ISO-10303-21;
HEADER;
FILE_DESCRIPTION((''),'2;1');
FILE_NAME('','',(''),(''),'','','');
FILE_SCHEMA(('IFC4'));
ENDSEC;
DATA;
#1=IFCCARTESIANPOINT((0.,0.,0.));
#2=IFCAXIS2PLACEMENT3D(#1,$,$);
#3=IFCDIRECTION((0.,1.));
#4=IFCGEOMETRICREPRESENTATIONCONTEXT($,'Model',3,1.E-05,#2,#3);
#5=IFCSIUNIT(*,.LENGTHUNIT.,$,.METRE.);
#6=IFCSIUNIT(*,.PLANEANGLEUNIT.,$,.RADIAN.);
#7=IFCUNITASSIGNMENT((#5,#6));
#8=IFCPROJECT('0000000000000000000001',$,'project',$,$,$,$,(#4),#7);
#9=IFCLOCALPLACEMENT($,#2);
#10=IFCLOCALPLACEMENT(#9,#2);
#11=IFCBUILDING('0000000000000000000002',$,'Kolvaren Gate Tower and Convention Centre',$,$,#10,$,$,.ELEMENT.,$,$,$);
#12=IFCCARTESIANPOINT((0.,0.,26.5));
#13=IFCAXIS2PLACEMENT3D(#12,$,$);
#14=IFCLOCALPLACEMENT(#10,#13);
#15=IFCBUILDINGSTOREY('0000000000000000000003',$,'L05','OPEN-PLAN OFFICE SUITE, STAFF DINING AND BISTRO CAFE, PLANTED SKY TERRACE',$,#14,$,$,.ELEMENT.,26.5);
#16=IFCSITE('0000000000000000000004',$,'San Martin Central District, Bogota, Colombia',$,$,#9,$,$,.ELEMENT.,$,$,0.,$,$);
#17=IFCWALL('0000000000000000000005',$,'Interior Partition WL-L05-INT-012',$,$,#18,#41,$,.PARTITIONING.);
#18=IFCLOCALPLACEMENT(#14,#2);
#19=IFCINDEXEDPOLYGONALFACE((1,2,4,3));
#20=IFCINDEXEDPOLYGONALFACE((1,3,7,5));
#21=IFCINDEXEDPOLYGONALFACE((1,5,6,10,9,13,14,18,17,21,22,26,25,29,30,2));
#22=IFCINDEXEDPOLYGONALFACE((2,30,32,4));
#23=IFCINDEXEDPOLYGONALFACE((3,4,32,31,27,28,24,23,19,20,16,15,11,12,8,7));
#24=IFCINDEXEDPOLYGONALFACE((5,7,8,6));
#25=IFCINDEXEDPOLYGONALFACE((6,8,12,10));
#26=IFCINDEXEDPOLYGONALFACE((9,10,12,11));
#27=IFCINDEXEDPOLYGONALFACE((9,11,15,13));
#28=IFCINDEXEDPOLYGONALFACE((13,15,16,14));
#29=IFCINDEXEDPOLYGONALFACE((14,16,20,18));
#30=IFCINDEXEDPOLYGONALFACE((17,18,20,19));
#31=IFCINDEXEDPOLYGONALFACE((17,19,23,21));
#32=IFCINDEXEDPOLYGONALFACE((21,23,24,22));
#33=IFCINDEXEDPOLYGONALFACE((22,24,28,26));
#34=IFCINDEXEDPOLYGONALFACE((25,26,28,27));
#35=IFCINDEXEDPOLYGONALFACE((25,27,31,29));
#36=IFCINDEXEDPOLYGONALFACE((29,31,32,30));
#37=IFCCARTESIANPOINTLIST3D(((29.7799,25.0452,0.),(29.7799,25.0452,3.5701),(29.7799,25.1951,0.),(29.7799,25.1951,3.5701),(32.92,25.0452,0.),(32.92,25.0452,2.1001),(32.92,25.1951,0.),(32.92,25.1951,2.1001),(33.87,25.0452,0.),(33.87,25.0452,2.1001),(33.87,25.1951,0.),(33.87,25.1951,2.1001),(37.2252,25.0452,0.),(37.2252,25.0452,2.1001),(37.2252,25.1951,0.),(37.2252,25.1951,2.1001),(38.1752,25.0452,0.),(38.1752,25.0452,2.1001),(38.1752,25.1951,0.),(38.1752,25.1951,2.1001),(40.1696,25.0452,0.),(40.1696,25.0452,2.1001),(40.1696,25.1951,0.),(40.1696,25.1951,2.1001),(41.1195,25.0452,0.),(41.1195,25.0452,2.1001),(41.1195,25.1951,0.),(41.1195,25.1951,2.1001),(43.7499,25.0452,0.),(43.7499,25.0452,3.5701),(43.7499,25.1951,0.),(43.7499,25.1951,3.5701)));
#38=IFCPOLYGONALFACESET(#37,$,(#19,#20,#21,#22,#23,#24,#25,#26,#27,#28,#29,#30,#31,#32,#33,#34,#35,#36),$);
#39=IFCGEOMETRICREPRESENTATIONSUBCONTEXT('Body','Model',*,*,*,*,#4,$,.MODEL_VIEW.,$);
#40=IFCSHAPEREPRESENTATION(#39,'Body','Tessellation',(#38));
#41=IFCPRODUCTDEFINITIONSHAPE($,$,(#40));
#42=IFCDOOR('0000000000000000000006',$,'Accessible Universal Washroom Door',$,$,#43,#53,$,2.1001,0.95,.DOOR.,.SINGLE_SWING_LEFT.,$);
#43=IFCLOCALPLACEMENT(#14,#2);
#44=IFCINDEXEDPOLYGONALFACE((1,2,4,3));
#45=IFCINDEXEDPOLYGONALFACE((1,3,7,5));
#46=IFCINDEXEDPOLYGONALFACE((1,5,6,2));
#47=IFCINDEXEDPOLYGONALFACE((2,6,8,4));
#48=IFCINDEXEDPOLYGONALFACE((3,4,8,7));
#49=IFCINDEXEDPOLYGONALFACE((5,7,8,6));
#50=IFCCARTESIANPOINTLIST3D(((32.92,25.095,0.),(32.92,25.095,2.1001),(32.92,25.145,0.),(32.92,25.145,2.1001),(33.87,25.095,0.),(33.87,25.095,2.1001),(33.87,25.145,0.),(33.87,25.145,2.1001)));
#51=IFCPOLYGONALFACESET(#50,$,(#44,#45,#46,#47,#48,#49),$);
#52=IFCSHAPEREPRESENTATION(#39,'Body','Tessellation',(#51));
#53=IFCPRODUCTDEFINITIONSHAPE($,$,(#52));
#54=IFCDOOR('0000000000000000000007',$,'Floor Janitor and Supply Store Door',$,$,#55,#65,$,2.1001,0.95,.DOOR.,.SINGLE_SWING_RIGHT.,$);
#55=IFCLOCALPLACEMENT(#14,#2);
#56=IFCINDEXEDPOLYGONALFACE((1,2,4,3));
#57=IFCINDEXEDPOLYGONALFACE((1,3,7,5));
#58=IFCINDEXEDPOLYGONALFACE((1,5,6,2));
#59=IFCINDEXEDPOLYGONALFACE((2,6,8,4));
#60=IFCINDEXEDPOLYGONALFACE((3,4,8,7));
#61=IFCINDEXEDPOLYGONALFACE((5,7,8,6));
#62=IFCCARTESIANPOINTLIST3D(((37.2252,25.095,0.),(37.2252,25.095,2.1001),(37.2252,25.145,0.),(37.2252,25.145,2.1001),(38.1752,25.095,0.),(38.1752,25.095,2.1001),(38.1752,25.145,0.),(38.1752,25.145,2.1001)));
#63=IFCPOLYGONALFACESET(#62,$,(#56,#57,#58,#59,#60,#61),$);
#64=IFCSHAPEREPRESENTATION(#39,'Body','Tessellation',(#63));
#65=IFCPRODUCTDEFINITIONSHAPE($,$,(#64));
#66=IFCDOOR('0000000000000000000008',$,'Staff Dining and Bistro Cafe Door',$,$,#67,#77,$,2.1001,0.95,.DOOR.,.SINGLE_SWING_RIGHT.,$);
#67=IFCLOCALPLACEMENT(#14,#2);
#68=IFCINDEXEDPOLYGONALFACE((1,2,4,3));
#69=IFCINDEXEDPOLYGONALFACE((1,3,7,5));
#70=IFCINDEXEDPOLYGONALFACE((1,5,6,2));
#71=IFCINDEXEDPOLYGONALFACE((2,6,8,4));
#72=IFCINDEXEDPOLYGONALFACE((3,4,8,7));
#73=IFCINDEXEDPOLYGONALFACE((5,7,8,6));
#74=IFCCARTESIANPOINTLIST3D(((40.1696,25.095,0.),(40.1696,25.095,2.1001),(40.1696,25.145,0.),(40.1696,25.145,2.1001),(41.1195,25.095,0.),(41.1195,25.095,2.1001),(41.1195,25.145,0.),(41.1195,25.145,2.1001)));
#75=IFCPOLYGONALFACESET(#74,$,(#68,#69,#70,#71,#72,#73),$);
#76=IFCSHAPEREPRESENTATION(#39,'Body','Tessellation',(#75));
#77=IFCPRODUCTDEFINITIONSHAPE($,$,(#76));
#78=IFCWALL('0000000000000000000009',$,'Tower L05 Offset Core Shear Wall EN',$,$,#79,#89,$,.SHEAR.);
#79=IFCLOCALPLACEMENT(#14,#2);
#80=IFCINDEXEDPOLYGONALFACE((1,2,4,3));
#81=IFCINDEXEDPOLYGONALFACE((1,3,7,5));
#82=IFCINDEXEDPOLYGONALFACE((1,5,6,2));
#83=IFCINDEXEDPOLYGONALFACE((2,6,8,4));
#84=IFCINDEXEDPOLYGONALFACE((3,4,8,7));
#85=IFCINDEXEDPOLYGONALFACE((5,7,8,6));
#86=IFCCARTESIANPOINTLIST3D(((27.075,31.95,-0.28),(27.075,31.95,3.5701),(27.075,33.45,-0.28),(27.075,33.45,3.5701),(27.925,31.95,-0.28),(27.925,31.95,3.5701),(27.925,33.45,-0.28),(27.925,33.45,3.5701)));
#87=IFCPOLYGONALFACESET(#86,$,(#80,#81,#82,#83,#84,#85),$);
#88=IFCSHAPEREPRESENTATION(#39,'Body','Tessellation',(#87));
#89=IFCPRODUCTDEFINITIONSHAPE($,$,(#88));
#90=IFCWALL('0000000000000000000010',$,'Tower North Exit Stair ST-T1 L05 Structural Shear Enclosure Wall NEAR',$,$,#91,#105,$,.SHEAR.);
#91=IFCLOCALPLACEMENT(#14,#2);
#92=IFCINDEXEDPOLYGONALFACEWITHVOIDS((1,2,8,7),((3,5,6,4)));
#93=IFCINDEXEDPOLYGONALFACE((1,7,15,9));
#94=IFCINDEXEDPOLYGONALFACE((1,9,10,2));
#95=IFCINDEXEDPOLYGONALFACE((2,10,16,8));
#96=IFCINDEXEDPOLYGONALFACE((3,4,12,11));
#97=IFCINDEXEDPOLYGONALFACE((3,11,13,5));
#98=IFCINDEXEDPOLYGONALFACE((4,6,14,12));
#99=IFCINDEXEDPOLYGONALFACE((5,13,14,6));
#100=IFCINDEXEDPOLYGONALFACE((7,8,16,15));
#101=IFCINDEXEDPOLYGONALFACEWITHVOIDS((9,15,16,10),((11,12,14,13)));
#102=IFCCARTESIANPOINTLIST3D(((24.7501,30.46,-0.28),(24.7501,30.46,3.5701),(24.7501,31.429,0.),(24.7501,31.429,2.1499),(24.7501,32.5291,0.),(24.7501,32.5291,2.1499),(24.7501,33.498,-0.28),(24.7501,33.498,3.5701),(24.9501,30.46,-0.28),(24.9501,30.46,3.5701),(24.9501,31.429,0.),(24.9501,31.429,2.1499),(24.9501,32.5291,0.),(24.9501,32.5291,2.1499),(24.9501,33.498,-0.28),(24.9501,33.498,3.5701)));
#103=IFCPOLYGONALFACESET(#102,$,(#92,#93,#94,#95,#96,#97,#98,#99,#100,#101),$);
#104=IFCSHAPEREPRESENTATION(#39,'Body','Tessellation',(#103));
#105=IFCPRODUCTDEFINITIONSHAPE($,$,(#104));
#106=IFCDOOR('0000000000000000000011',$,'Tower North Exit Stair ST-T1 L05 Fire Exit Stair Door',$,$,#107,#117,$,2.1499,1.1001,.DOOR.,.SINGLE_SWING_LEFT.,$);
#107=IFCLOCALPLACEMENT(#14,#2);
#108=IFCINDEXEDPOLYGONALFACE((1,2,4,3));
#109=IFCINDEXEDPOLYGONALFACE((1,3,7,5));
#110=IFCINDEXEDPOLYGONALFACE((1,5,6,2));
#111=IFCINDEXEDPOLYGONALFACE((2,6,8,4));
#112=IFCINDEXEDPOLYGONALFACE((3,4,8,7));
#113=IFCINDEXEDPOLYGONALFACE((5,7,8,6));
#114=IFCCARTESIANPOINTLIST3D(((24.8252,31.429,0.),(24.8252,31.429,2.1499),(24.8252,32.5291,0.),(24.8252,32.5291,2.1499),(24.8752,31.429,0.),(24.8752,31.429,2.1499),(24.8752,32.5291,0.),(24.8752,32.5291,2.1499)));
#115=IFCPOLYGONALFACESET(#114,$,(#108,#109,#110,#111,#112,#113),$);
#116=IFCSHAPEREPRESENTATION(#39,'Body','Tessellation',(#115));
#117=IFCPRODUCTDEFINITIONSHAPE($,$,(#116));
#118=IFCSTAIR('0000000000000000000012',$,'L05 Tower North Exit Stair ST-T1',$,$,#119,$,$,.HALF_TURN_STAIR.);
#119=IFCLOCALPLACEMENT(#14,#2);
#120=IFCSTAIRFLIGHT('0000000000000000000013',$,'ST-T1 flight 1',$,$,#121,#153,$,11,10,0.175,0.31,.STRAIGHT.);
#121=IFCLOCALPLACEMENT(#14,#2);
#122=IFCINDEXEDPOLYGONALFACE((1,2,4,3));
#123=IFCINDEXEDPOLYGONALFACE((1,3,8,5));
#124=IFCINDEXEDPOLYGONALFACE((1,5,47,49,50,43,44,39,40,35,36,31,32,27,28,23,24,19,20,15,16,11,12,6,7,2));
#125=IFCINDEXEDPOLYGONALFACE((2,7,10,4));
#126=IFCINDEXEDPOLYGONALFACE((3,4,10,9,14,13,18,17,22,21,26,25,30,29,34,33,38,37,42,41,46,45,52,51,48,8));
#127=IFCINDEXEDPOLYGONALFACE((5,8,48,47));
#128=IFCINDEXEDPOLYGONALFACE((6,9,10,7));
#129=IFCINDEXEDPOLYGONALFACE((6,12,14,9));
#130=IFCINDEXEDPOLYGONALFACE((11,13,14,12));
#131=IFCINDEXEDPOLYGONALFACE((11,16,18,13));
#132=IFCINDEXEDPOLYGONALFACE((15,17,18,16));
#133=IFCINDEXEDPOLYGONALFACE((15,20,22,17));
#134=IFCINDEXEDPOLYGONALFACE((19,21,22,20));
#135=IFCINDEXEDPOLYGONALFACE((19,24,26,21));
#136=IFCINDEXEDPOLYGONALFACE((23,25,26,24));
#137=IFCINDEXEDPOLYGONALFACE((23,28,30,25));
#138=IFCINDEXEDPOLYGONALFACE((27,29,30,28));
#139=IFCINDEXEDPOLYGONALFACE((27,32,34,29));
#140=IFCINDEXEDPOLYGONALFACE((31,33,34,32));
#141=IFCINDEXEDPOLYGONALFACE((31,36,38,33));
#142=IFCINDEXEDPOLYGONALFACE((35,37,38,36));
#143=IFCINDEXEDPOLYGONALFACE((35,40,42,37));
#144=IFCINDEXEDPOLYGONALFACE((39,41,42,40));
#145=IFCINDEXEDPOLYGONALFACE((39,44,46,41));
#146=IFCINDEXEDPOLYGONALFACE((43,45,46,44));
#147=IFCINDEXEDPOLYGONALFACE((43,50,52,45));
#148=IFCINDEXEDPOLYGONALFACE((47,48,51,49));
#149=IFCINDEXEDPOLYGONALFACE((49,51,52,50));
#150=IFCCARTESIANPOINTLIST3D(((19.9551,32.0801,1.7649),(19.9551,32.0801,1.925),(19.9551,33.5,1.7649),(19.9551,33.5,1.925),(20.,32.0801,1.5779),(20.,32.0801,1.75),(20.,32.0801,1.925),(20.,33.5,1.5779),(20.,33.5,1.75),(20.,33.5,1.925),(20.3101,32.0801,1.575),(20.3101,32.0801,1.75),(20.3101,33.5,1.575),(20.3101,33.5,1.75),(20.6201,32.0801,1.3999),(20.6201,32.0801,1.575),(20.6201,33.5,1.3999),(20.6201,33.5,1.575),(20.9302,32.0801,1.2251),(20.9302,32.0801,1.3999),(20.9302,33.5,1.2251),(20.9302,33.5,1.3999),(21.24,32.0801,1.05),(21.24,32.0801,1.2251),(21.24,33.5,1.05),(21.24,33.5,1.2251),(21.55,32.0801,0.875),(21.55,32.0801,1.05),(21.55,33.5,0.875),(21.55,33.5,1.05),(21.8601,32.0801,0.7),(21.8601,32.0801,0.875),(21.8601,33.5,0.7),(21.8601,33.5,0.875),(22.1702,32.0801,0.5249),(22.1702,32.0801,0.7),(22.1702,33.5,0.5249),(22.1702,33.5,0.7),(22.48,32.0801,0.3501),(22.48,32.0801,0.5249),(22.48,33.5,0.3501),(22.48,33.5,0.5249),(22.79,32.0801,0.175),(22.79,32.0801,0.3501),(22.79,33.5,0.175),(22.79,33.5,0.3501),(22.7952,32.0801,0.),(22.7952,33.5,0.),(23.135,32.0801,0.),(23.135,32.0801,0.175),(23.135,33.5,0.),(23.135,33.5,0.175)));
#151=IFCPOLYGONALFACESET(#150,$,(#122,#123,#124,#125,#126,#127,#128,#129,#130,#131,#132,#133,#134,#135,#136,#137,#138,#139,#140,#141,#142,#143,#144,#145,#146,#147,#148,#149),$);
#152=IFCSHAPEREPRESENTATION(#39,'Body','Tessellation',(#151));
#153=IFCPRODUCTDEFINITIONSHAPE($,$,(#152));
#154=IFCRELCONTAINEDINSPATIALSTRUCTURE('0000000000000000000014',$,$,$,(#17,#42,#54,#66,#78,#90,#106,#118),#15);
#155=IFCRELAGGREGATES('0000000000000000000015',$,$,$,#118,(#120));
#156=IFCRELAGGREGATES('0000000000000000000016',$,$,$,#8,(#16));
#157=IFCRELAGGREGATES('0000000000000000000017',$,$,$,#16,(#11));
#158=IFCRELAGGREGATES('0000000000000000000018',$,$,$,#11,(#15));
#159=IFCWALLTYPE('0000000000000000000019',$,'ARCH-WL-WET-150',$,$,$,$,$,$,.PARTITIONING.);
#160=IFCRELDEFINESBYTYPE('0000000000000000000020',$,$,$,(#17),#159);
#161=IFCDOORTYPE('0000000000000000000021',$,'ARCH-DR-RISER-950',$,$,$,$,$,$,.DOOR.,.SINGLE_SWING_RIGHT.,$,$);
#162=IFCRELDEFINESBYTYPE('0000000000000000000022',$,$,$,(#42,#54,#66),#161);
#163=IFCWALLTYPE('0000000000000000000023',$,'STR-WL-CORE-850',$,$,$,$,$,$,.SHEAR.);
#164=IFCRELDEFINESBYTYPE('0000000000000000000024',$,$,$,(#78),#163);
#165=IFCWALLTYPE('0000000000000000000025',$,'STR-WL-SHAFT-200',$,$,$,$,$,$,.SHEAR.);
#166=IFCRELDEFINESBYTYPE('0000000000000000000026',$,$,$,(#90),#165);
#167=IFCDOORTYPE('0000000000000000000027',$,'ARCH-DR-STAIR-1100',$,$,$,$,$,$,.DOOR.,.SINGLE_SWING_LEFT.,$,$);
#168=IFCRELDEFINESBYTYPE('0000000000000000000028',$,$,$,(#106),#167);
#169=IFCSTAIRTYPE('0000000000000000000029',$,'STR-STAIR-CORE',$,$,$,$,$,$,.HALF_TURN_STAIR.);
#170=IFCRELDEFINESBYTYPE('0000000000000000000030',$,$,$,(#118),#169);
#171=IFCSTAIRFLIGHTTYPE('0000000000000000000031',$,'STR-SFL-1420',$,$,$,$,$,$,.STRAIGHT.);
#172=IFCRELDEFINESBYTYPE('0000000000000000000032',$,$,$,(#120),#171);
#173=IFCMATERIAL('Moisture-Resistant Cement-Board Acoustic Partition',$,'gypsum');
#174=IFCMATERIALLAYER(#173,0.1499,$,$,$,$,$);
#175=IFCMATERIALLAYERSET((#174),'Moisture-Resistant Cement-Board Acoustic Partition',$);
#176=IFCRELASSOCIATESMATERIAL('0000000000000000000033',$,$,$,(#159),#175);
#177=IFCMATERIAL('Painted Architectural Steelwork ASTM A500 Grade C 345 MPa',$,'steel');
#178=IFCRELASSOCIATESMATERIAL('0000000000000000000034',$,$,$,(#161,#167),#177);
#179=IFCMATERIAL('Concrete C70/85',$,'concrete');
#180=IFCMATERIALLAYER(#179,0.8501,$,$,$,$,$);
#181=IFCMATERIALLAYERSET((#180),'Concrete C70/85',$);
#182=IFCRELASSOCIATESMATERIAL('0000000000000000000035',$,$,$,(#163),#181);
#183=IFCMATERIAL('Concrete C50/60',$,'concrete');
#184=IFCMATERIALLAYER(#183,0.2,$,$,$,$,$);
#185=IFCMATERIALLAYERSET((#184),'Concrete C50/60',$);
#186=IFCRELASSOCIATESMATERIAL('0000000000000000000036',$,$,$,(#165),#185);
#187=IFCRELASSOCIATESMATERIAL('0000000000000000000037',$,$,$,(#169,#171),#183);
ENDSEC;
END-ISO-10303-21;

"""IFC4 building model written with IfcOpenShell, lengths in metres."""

from ifc_helpers import new_model, si_unit, direction, frame, frame_2d, origin, place, context, subcontext, project, spatial, polyline, rectangle, outline, extrude, material, layer, layer_set, type_object, element, fill, aggregate, save


model = new_model("IFC4")

# Units and contexts
model_context = context("Model", 3, precision=1e-05, world=origin(), true_north=direction((0.0, 1.0)))
body_context = subcontext(model_context, "Body", "Model", "MODEL_VIEW")
ifc_project = project(units=[si_unit("LENGTHUNIT", "METRE"), si_unit("PLANEANGLEUNIT", "RADIAN")], contexts=[model_context])

# Site, building, storey
site_placement = place(None, origin())
site = spatial("IfcSite", under=ifc_project, at=site_placement, Name="San Martin Central District, Bogota, Colombia", CompositionType="ELEMENT", RefElevation=0.0)
building_placement = place(site_placement, origin())
building = spatial("IfcBuilding", under=site, at=building_placement, Name="Kolvaren Gate Tower and Convention Centre", CompositionType="ELEMENT")
storey_placement = place(building_placement, frame((0.0, 0.0, 26.5)))
storey = spatial("IfcBuildingStorey", under=building, at=storey_placement, Name="L05", Description="OPEN-PLAN OFFICE SUITE, STAFF DINING AND BISTRO CAFE, PLANTED SKY TERRACE", CompositionType="ELEMENT", Elevation=26.5)

# Wall, openings, doors
ifc_material_1 = material(Name="Moisture-Resistant Cement-Board Acoustic Partition", Category="gypsum")
ifc_layer_1 = layer(ifc_material_1, 0.1499)
ifc_layer_set_1 = layer_set([ifc_layer_1], Name="Moisture-Resistant Cement-Board Acoustic Partition")
wall_type_1 = type_object("IfcWallType", Name="ARCH-WL-WET-150", PredefinedType="PARTITIONING", material=ifc_layer_set_1)
wall_1_placement = place(storey_placement, frame((29.78, 25.1201, 0.0), z_axis=(0.0, 0.0, 1.0), x_axis=(1.0, 0.0, 0.0)))
wall_1 = element("IfcWall", 1, at=wall_1_placement, inside=storey, type_object=wall_type_1, Name="Interior Partition WL-L05-INT-012", PredefinedType="PARTITIONING", context=body_context, shape_type="SweptSolid", body=[
    extrude(rectangle(XDim=13.97, YDim=0.1499, at=frame_2d((6.9849, 0.0))), origin(), (0.0, 0.0, 1.0), 3.5701),
])
opening_1_placement = place(wall_1_placement, frame((3.1399, 0.0, 0.0)))
opening_1 = element("IfcOpeningElement", 2, at=opening_1_placement, cuts=wall_1, PredefinedType="OPENING", context=body_context, shape_type="SweptSolid", body=[
    extrude(rectangle(XDim=0.95, YDim=2.1001, at=frame_2d((0.4751, 1.05))), frame((0.0, 0.085, 0.0), z_axis=(0.0, -1.0, 0.0), x_axis=(1.0, 0.0, 0.0)), (0.0, 0.0, 1.0), 0.1699),
])
opening_2_placement = place(wall_1_placement, frame((7.4451, 0.0, 0.0)))
opening_2 = element("IfcOpeningElement", 3, at=opening_2_placement, cuts=wall_1, PredefinedType="OPENING", context=body_context, shape_type="SweptSolid", body=[
    extrude(rectangle(XDim=0.95, YDim=2.1001, at=frame_2d((0.4751, 1.05))), frame((0.0, 0.085, 0.0), z_axis=(0.0, -1.0, 0.0), x_axis=(1.0, 0.0, 0.0)), (0.0, 0.0, 1.0), 0.1699),
])
opening_3_placement = place(wall_1_placement, frame((10.3894, 0.0, 0.0)))
opening_3 = element("IfcOpeningElement", 4, at=opening_3_placement, cuts=wall_1, PredefinedType="OPENING", context=body_context, shape_type="SweptSolid", body=[
    extrude(rectangle(XDim=0.95, YDim=2.1001, at=frame_2d((0.4751, 1.05))), frame((0.0, 0.085, 0.0), z_axis=(0.0, -1.0, 0.0), x_axis=(1.0, 0.0, 0.0)), (0.0, 0.0, 1.0), 0.1699),
])
ifc_material_2 = material(Name="Painted Architectural Steelwork ASTM A500 Grade C 345 MPa", Category="steel")
door_type_1 = type_object("IfcDoorType", Name="ARCH-DR-RISER-950", OperationType="SINGLE_SWING_RIGHT", PredefinedType="DOOR", material=ifc_material_2)
door_1_placement = place(opening_1_placement, origin())
door_1 = element("IfcDoor", 5, at=door_1_placement, inside=storey, type_object=door_type_1, Name="Accessible Universal Washroom Door", OperationType="SINGLE_SWING_LEFT", OverallHeight=2.1001, OverallWidth=0.95, PredefinedType="DOOR", context=body_context, shape_type="SweptSolid", body=[
    extrude(rectangle(XDim=0.95, YDim=2.1001, at=frame_2d((0.4751, 1.05))), frame((0.0, 0.0249, 0.0), z_axis=(0.0, -1.0, 0.0), x_axis=(1.0, 0.0, 0.0)), (0.0, 0.0, 1.0), 0.05),
])
fill(opening_1, door_1)
door_2_placement = place(opening_2_placement, origin())
door_2 = element("IfcDoor", 6, at=door_2_placement, inside=storey, type_object=door_type_1, Name="Floor Janitor and Supply Store Door", OperationType="SINGLE_SWING_RIGHT", OverallHeight=2.1001, OverallWidth=0.95, PredefinedType="DOOR", context=body_context, shape_type="SweptSolid", body=[
    extrude(rectangle(XDim=0.95, YDim=2.1001, at=frame_2d((0.4751, 1.05))), frame((0.0, 0.0249, 0.0), z_axis=(0.0, -1.0, 0.0), x_axis=(1.0, 0.0, 0.0)), (0.0, 0.0, 1.0), 0.05),
])
fill(opening_2, door_2)
door_3_placement = place(opening_3_placement, origin())
door_3 = element("IfcDoor", 7, at=door_3_placement, inside=storey, type_object=door_type_1, Name="Staff Dining and Bistro Cafe Door", OperationType="SINGLE_SWING_RIGHT", OverallHeight=2.1001, OverallWidth=0.95, PredefinedType="DOOR", context=body_context, shape_type="SweptSolid", body=[
    extrude(rectangle(XDim=0.95, YDim=2.1001, at=frame_2d((0.4751, 1.05))), frame((0.0, 0.0249, 0.0), z_axis=(0.0, -1.0, 0.0), x_axis=(1.0, 0.0, 0.0)), (0.0, 0.0, 1.0), 0.05),
])
fill(opening_3, door_3)

# Wall
ifc_material_3 = material(Name="Concrete C70/85", Category="concrete")
ifc_layer_2 = layer(ifc_material_3, 0.8501)
ifc_layer_set_2 = layer_set([ifc_layer_2], Name="Concrete C70/85")
wall_type_2 = type_object("IfcWallType", Name="STR-WL-CORE-850", PredefinedType="SHEAR", material=ifc_layer_set_2)
wall_2_placement = place(storey_placement, frame((27.5, 31.95, -0.28), z_axis=(0.0, 0.0, 1.0), x_axis=(0.0, 1.0, 0.0)))
element("IfcWall", 8, at=wall_2_placement, inside=storey, type_object=wall_type_2, Name="Tower L05 Offset Core Shear Wall EN", PredefinedType="SHEAR", context=body_context, shape_type="SweptSolid", body=[
    extrude(rectangle(XDim=1.5, YDim=0.8501, at=frame_2d((0.75, 0.0))), origin(), (0.0, 0.0, 1.0), 3.8501),
])

# Wall, opening, door
ifc_material_4 = material(Name="Concrete C50/60", Category="concrete")
ifc_layer_3 = layer(ifc_material_4, 0.2)
ifc_layer_set_3 = layer_set([ifc_layer_3], Name="Concrete C50/60")
wall_type_3 = type_object("IfcWallType", Name="STR-WL-SHAFT-200", PredefinedType="SHEAR", material=ifc_layer_set_3)
wall_3_placement = place(storey_placement, frame((24.8501, 30.46, -0.28), z_axis=(0.0, 0.0, 1.0), x_axis=(0.0, 1.0, 0.0)))
wall_3 = element("IfcWall", 9, at=wall_3_placement, inside=storey, type_object=wall_type_3, Name="Tower North Exit Stair ST-T1 L05 Structural Shear Enclosure Wall NEAR", PredefinedType="SHEAR", context=body_context, shape_type="SweptSolid", body=[
    extrude(rectangle(XDim=3.0381, YDim=0.2, at=frame_2d((1.519, 0.0))), origin(), (0.0, 0.0, 1.0), 3.8501),
])
opening_4_placement = place(wall_3_placement, frame((0.969, 0.0, 0.28)))
opening_4 = element("IfcOpeningElement", 10, at=opening_4_placement, cuts=wall_3, PredefinedType="OPENING", context=body_context, shape_type="SweptSolid", body=[
    extrude(rectangle(XDim=1.1001, YDim=2.1499, at=frame_2d((0.55, 1.075))), frame((0.0, 0.1099, 0.0), z_axis=(0.0, -1.0, 0.0), x_axis=(1.0, 0.0, 0.0)), (0.0, 0.0, 1.0), 0.22),
])
door_type_2 = type_object("IfcDoorType", Name="ARCH-DR-STAIR-1100", OperationType="SINGLE_SWING_LEFT", PredefinedType="DOOR", material=ifc_material_2)
door_4_placement = place(opening_4_placement, origin())
door_4 = element("IfcDoor", 11, at=door_4_placement, inside=storey, type_object=door_type_2, Name="Tower North Exit Stair ST-T1 L05 Fire Exit Stair Door", OperationType="SINGLE_SWING_LEFT", OverallHeight=2.1499, OverallWidth=1.1001, PredefinedType="DOOR", context=body_context, shape_type="SweptSolid", body=[
    extrude(rectangle(XDim=1.1001, YDim=2.1499, at=frame_2d((0.55, 1.075))), frame((0.0, 0.0249, 0.0), z_axis=(0.0, -1.0, 0.0), x_axis=(1.0, 0.0, 0.0)), (0.0, 0.0, 1.0), 0.05),
])
fill(opening_4, door_4)

# Stair, stair flight
stair_type = type_object("IfcStairType", Name="STR-STAIR-CORE", PredefinedType="HALF_TURN_STAIR", material=ifc_material_4)
stair_placement = place(storey_placement, origin())
stair = element("IfcStair", 12, at=stair_placement, inside=storey, type_object=stair_type, Name="L05 Tower North Exit Stair ST-T1", PredefinedType="HALF_TURN_STAIR")
stair_flight_type = type_object("IfcStairFlightType", Name="STR-SFL-1420", PredefinedType="STRAIGHT", material=ifc_material_4)
stair_flight_1_placement = place(storey_placement, frame((23.1001, 32.79, 0.0), z_axis=(0.0, 0.0, 1.0), x_axis=(-1.0, 0.0, 0.0)))
stair_flight_1 = element("IfcStairFlight", 13, at=stair_flight_1_placement, type_object=stair_flight_type, Name="ST-T1 flight 1", NumberOfRisers=11, NumberOfTreads=10, PredefinedType="STRAIGHT", RiserHeight=0.175, TreadLength=0.31, context=body_context, shape_type="SweptSolid", body=[
    extrude(outline(polyline([(-0.0349, 0.0), (-0.0349, 0.175), (0.3101, 0.175), (0.3101, 0.3501), (0.6201, 0.3501), (0.6201, 0.5249), (0.9299, 0.5249), (0.9299, 0.7), (1.24, 0.7), (1.24, 0.875), (1.55, 0.875), (1.55, 1.05), (1.8601, 1.05), (1.8601, 1.2251), (2.1699, 1.2251), (2.1699, 1.3999), (2.48, 1.3999), (2.48, 1.575), (2.79, 1.575), (2.79, 1.75), (3.1001, 1.75), (3.1001, 1.925), (3.145, 1.925), (3.145, 1.7649), (3.1001, 1.5779), (0.3049, 0.0), (-0.0349, 0.0)])), frame((0.0, 0.71, 0.0), z_axis=(0.0, -1.0, 0.0), x_axis=(1.0, 0.0, 0.0)), (0.0, 0.0, 1.0), 1.4199),
])
aggregate(stair, [stair_flight_1])

save(model, "model.ifc")
